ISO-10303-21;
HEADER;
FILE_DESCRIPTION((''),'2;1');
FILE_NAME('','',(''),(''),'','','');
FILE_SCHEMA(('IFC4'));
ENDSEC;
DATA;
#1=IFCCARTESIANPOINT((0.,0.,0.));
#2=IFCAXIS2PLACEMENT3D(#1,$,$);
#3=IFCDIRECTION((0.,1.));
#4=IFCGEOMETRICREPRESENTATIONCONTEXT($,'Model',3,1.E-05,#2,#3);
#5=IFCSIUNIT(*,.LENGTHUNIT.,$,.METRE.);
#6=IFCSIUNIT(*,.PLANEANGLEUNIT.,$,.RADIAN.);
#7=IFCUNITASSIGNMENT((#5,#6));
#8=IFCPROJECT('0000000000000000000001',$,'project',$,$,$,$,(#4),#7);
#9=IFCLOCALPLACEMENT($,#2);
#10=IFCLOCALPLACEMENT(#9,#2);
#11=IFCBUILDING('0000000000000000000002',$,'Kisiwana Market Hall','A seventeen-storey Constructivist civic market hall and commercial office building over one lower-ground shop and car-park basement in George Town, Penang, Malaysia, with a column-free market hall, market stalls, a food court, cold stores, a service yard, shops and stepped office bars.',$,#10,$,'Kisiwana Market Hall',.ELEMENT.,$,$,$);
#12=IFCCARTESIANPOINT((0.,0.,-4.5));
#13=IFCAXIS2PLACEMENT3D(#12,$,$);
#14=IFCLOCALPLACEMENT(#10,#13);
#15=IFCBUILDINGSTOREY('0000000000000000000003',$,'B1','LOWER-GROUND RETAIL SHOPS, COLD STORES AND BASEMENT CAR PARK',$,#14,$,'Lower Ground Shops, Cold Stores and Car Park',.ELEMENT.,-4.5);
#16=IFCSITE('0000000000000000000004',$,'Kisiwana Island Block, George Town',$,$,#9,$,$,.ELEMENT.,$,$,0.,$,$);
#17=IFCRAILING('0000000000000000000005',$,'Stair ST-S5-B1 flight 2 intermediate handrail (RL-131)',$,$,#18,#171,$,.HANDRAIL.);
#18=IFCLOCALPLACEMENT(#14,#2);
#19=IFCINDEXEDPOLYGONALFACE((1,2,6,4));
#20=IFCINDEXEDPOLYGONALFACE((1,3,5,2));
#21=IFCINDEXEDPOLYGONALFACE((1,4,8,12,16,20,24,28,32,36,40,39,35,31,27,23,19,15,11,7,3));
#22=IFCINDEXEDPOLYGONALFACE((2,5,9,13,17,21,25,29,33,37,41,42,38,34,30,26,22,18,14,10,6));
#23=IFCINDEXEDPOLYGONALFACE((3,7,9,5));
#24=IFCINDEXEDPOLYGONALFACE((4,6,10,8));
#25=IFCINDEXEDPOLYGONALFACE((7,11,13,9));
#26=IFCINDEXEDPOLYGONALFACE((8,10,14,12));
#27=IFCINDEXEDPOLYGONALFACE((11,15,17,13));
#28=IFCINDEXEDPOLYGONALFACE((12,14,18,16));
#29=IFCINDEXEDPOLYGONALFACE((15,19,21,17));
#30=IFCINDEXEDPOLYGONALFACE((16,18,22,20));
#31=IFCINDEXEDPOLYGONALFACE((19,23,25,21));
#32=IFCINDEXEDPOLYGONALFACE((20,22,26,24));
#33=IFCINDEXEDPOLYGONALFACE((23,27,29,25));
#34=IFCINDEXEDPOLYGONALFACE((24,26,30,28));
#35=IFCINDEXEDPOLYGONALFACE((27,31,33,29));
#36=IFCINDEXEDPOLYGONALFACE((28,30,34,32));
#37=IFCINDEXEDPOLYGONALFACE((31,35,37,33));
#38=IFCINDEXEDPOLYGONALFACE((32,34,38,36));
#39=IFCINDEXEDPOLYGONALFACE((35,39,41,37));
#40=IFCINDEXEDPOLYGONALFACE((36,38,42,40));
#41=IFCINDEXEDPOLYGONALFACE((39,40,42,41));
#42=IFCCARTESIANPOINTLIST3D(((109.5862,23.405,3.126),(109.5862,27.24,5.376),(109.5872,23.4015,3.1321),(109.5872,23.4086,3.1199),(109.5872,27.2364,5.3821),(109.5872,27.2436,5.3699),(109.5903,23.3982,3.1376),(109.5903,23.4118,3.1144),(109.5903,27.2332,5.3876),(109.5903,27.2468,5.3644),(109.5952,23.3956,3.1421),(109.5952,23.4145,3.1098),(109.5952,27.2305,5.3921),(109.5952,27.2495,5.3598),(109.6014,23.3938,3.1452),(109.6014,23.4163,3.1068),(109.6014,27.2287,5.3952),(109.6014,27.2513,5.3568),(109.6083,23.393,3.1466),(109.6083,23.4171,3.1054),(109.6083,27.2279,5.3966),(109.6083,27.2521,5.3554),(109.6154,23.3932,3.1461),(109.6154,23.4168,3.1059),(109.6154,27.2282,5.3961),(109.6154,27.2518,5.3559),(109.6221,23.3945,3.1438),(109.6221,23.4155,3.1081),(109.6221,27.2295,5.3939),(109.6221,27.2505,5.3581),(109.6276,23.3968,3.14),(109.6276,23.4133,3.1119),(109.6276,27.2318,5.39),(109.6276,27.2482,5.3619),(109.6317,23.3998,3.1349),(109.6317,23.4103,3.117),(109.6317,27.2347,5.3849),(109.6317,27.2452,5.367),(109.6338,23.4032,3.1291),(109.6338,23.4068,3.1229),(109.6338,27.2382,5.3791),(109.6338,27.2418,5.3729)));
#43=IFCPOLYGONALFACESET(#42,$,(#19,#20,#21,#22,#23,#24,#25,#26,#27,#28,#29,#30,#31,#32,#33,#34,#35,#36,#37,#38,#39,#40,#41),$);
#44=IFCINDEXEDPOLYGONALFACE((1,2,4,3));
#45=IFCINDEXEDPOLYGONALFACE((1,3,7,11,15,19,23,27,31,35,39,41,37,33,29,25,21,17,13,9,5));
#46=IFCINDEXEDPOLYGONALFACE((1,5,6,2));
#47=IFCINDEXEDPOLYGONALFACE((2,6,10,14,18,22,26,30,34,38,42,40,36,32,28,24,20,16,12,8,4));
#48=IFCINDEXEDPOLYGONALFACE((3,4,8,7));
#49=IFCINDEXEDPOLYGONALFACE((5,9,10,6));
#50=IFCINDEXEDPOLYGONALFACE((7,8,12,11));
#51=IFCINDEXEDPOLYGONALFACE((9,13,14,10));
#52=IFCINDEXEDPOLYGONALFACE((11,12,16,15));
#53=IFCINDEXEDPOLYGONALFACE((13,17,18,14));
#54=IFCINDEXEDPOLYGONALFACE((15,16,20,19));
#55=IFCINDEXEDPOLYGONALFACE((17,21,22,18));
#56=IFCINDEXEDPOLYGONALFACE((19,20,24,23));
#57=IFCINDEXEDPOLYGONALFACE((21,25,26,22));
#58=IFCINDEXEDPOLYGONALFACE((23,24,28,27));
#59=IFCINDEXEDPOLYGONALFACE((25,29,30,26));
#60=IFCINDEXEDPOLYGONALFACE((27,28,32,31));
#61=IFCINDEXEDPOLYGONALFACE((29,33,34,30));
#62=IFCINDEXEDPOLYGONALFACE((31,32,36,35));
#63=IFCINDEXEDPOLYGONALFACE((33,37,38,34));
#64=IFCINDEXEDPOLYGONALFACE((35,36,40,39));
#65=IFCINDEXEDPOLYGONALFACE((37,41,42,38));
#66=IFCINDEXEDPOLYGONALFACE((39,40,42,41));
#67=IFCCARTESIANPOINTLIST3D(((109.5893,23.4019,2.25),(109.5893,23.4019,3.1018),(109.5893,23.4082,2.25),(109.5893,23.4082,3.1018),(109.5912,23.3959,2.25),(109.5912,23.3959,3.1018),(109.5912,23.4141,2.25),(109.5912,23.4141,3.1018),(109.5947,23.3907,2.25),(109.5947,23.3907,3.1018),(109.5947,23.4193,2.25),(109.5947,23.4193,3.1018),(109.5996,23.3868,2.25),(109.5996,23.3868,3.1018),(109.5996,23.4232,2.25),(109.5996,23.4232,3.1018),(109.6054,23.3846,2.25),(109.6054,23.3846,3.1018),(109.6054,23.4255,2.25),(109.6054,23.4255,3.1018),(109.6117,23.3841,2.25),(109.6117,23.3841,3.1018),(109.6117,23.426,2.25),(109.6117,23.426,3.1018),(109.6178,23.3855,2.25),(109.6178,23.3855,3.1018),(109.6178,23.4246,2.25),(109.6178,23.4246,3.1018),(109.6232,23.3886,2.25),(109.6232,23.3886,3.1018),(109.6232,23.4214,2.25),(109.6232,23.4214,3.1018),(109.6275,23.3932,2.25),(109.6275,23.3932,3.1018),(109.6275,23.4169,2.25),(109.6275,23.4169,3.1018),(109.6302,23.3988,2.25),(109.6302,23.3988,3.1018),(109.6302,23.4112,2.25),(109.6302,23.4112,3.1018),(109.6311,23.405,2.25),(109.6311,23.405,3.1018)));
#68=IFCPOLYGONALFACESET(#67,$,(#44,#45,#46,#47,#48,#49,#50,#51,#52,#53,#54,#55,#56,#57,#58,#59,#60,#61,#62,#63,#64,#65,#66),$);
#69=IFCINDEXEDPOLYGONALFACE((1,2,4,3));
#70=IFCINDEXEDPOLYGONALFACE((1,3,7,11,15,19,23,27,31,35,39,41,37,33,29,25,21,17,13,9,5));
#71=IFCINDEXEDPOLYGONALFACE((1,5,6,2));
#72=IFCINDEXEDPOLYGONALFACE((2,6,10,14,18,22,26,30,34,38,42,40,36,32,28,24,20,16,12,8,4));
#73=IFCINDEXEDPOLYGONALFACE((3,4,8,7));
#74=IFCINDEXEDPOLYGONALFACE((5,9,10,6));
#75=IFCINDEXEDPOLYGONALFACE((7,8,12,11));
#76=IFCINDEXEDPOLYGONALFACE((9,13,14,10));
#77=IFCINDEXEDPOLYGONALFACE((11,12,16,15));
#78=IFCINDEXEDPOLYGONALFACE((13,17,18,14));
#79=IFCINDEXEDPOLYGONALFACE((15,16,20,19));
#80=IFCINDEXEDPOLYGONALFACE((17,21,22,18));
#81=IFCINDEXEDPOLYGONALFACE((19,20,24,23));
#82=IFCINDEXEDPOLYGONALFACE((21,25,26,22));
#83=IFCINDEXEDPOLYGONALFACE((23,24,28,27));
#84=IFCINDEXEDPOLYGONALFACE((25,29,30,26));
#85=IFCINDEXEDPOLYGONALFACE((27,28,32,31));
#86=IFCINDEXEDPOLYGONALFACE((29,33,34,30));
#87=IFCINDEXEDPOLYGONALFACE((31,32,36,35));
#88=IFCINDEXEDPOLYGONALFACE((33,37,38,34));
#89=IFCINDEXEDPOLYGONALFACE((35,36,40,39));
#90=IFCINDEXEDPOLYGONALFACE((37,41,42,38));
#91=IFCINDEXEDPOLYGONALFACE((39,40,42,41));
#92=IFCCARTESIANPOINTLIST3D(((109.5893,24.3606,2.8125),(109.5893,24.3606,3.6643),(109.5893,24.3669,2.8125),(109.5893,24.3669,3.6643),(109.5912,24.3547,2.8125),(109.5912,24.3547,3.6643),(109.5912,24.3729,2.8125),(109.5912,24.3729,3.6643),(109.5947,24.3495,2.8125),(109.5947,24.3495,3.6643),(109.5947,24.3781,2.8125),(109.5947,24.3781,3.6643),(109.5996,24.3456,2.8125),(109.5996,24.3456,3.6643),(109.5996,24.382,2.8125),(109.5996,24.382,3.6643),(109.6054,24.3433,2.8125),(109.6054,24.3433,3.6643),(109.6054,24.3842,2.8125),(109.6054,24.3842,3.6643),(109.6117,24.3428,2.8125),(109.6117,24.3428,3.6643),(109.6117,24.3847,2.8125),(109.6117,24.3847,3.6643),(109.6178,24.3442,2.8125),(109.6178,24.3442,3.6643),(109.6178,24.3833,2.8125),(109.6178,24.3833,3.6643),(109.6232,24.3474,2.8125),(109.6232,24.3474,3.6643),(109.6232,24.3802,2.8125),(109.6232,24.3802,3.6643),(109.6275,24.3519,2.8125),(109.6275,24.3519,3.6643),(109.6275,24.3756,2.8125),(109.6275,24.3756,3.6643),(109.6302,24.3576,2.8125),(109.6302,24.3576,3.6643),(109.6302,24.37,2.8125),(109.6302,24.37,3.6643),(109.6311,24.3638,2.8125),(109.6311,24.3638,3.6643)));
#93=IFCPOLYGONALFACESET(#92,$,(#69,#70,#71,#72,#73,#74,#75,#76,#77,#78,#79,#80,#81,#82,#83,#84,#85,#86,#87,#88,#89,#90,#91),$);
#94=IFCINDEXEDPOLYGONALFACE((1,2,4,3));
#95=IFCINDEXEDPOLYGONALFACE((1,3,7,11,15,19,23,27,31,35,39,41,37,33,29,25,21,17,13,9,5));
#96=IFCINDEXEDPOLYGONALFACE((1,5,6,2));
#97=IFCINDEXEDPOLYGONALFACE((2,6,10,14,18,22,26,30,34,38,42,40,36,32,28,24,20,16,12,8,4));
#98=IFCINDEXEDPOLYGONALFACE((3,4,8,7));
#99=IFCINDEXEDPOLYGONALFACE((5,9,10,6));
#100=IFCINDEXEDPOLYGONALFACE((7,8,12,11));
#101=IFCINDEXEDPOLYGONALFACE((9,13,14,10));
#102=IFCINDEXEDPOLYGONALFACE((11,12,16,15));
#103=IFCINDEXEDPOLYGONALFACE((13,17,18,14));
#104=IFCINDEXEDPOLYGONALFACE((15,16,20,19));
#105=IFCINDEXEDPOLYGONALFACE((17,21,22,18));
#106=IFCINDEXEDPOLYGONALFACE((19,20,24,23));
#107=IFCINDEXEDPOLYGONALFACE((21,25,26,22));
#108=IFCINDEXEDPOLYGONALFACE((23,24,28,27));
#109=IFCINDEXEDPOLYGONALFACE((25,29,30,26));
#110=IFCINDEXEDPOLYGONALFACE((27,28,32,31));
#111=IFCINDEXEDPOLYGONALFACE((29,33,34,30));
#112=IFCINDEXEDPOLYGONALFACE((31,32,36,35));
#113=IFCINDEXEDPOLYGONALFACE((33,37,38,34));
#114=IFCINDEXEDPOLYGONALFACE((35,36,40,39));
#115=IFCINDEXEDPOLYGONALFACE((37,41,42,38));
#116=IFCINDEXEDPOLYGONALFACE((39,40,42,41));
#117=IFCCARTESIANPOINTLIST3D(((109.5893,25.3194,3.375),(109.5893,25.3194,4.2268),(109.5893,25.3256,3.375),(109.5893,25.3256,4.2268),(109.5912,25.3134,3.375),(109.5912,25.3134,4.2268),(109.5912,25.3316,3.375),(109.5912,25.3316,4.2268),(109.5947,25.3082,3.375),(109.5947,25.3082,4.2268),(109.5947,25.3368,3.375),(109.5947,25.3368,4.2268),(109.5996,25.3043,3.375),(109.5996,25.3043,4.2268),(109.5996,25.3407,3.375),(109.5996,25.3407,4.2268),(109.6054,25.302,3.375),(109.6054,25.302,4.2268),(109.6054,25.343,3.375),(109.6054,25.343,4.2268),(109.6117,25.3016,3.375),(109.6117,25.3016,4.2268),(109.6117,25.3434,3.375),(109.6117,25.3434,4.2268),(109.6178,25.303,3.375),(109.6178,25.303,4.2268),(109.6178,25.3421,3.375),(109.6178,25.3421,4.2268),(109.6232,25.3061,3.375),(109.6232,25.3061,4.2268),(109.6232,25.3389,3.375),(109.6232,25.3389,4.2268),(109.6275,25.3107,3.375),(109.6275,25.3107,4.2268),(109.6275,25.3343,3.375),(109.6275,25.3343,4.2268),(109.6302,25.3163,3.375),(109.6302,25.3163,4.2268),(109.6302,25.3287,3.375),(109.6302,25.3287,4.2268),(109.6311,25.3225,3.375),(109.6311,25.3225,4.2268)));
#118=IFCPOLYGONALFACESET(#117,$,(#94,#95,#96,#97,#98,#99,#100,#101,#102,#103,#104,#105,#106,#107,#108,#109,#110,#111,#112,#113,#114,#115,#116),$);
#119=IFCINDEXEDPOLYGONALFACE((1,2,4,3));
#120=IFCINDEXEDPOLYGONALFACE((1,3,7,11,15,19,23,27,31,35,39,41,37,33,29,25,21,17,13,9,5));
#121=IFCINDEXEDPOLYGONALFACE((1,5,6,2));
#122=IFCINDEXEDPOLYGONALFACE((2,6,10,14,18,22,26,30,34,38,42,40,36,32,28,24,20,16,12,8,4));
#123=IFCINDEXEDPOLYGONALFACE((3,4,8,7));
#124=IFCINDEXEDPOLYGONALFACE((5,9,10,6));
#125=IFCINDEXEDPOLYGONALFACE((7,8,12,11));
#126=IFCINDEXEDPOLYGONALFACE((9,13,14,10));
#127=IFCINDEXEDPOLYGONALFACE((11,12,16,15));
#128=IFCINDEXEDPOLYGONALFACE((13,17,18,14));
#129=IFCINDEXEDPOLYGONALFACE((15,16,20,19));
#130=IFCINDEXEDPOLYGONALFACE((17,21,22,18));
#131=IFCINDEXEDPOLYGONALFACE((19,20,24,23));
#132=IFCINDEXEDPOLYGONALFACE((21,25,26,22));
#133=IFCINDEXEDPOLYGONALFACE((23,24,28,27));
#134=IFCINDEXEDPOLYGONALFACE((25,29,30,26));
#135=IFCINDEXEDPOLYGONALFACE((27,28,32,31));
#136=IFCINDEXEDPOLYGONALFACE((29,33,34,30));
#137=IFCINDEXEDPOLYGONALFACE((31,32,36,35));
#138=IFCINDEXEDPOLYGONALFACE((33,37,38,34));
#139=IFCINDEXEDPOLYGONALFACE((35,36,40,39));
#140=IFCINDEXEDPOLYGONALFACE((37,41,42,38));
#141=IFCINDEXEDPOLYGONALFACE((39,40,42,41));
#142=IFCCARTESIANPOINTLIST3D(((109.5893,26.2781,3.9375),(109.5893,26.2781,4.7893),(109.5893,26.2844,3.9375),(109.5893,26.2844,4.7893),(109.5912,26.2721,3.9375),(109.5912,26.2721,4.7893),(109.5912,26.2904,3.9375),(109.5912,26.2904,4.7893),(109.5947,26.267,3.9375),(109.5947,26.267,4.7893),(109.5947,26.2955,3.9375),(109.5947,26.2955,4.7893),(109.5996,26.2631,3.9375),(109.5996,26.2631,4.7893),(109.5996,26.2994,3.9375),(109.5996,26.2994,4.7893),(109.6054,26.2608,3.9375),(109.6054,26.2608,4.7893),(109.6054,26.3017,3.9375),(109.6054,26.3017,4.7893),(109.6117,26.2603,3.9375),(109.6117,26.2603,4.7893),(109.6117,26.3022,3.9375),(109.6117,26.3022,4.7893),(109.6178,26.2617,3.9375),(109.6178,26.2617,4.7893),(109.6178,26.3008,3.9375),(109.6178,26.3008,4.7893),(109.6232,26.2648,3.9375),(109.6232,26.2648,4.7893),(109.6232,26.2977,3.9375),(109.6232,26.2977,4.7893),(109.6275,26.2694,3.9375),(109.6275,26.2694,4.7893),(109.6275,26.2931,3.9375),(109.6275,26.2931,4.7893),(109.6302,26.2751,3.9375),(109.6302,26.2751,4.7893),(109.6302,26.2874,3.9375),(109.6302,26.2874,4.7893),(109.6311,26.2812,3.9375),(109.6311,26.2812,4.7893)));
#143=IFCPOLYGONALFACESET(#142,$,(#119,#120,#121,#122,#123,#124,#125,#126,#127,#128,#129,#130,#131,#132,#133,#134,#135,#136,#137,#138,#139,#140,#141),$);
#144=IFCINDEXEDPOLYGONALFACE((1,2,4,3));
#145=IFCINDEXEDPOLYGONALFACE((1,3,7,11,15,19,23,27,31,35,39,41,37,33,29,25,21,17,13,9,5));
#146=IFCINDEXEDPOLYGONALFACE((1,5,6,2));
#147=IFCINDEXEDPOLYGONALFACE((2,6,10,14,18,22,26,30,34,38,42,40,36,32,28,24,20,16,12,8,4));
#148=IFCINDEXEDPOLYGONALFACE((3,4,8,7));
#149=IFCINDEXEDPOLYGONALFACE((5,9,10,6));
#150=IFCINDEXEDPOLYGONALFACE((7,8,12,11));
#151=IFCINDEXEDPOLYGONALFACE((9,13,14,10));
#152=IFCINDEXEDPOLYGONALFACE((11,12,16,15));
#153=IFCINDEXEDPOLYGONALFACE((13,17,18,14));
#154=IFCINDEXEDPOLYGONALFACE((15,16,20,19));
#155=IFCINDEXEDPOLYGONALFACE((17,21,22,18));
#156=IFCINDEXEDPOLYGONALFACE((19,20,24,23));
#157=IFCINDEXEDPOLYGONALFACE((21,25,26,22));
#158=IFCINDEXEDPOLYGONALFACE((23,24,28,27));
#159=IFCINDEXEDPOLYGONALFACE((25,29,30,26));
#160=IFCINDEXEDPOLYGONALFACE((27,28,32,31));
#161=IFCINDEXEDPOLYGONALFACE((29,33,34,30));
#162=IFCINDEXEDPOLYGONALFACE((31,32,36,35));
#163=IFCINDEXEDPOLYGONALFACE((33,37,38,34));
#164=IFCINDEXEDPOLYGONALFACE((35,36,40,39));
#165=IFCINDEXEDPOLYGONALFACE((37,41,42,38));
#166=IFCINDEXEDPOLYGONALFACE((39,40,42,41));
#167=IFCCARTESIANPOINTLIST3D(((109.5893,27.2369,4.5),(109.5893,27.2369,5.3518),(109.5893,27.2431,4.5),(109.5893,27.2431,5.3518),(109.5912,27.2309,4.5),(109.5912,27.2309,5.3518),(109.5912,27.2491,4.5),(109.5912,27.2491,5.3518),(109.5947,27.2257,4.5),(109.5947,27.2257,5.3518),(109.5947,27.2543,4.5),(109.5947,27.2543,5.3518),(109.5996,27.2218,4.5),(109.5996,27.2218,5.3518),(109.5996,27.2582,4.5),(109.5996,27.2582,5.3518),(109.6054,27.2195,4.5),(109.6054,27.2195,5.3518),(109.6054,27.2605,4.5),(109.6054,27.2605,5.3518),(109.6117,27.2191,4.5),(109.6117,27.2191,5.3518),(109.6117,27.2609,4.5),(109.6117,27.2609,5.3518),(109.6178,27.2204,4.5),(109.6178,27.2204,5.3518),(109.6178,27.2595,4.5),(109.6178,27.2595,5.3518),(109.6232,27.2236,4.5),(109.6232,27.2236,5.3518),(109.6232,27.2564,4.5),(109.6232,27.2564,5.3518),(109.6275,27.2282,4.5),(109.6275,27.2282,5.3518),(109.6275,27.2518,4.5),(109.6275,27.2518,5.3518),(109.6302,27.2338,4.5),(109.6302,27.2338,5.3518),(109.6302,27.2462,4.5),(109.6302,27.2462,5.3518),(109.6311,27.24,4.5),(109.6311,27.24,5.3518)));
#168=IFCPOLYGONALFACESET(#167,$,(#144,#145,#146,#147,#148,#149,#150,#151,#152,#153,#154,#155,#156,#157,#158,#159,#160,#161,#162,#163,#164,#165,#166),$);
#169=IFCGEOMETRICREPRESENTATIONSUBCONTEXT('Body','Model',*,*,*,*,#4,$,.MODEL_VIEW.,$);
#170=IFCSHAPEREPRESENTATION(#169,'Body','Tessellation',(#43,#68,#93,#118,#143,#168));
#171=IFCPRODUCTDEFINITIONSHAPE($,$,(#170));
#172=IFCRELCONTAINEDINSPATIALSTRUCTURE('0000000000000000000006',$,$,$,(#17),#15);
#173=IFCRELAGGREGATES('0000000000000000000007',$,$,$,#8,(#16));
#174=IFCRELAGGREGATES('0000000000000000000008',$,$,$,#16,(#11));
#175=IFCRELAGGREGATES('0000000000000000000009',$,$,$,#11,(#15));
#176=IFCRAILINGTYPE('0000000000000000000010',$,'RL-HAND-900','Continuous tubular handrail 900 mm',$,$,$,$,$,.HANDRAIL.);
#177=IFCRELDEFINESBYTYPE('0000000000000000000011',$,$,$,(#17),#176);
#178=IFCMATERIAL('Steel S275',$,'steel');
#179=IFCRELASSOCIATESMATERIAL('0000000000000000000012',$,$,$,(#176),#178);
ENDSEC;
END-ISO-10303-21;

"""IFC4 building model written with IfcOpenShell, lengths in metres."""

from ifc_helpers import new_model, si_unit, direction, frame, origin, origin_2d, place, context, subcontext, project, spatial, circle, extrude, material, type_object, element, save


model = new_model("IFC4")

# Units and contexts
model_context = context("Model", 3, precision=1e-05, world=origin(), true_north=direction((0.0, 1.0)))
body_context = subcontext(model_context, "Body", "Model", "MODEL_VIEW")
ifc_project = project(units=[si_unit("LENGTHUNIT", "METRE"), si_unit("PLANEANGLEUNIT", "RADIAN")], contexts=[model_context])

# Site, building, storey
site_placement = place(None, origin())
site = spatial("IfcSite", under=ifc_project, at=site_placement, Name="Kisiwana Island Block, George Town", CompositionType="ELEMENT", RefElevation=0.0)
building_placement = place(site_placement, origin())
building = spatial("IfcBuilding", under=site, at=building_placement, Name="Kisiwana Market Hall", Description="A seventeen-storey Constructivist civic market hall and commercial office building over one lower-ground shop and car-park basement in George Town, Penang, Malaysia, with a column-free market hall, market stalls, a food court, cold stores, a service yard, shops and stepped office bars.", LongName="Kisiwana Market Hall", CompositionType="ELEMENT")
storey_placement = place(building_placement, frame((0.0, 0.0, -4.5)))
storey = spatial("IfcBuildingStorey", under=building, at=storey_placement, Name="B1", Description="LOWER-GROUND RETAIL SHOPS, COLD STORES AND BASEMENT CAR PARK", LongName="Lower Ground Shops, Cold Stores and Car Park", CompositionType="ELEMENT", Elevation=-4.5)

# Railing
ifc_material_1 = material(Name="Steel S275", Category="steel")
railing_type = type_object("IfcRailingType", Name="RL-HAND-900", Description="Continuous tubular handrail 900 mm", PredefinedType="HANDRAIL", material=ifc_material_1)
for number, where, name in (
    (1, (109.6101, 23.405, 2.25), "Stair ST-S5-B1 flight 2 intermediate handrail (RL-131)"),
):
    element("IfcRailing", number, at=place(storey_placement, frame(where)), inside=storey, type_object=railing_type, Name=name, PredefinedType="HANDRAIL", context=body_context, shape_type="SweptSolid", body=[
        extrude(circle(Radius=0.0239, at=origin_2d()), frame((0.0, 0.0, 0.876), z_axis=(0.0, 0.86251, 0.506041), x_axis=(-1.0, 0.0, 0.0)), (0.0, 0.0, 1.0), 4.4463),
        extrude(circle(Radius=0.021, at=origin_2d()), origin(), (0.0, 0.0, 1.0), 0.8518),
        extrude(circle(Radius=0.021, at=origin_2d()), frame((0.0, 0.9587, 0.5625)), (0.0, 0.0, 1.0), 0.8518),
        extrude(circle(Radius=0.021, at=origin_2d()), frame((0.0, 1.9175, 1.125)), (0.0, 0.0, 1.0), 0.8518),
        extrude(circle(Radius=0.021, at=origin_2d()), frame((0.0, 2.8762, 1.6875)), (0.0, 0.0, 1.0), 0.8518),
        extrude(circle(Radius=0.021, at=origin_2d()), frame((0.0, 3.835, 2.25)), (0.0, 0.0, 1.0), 0.8518),
    ])

save(model, "model.ifc")
